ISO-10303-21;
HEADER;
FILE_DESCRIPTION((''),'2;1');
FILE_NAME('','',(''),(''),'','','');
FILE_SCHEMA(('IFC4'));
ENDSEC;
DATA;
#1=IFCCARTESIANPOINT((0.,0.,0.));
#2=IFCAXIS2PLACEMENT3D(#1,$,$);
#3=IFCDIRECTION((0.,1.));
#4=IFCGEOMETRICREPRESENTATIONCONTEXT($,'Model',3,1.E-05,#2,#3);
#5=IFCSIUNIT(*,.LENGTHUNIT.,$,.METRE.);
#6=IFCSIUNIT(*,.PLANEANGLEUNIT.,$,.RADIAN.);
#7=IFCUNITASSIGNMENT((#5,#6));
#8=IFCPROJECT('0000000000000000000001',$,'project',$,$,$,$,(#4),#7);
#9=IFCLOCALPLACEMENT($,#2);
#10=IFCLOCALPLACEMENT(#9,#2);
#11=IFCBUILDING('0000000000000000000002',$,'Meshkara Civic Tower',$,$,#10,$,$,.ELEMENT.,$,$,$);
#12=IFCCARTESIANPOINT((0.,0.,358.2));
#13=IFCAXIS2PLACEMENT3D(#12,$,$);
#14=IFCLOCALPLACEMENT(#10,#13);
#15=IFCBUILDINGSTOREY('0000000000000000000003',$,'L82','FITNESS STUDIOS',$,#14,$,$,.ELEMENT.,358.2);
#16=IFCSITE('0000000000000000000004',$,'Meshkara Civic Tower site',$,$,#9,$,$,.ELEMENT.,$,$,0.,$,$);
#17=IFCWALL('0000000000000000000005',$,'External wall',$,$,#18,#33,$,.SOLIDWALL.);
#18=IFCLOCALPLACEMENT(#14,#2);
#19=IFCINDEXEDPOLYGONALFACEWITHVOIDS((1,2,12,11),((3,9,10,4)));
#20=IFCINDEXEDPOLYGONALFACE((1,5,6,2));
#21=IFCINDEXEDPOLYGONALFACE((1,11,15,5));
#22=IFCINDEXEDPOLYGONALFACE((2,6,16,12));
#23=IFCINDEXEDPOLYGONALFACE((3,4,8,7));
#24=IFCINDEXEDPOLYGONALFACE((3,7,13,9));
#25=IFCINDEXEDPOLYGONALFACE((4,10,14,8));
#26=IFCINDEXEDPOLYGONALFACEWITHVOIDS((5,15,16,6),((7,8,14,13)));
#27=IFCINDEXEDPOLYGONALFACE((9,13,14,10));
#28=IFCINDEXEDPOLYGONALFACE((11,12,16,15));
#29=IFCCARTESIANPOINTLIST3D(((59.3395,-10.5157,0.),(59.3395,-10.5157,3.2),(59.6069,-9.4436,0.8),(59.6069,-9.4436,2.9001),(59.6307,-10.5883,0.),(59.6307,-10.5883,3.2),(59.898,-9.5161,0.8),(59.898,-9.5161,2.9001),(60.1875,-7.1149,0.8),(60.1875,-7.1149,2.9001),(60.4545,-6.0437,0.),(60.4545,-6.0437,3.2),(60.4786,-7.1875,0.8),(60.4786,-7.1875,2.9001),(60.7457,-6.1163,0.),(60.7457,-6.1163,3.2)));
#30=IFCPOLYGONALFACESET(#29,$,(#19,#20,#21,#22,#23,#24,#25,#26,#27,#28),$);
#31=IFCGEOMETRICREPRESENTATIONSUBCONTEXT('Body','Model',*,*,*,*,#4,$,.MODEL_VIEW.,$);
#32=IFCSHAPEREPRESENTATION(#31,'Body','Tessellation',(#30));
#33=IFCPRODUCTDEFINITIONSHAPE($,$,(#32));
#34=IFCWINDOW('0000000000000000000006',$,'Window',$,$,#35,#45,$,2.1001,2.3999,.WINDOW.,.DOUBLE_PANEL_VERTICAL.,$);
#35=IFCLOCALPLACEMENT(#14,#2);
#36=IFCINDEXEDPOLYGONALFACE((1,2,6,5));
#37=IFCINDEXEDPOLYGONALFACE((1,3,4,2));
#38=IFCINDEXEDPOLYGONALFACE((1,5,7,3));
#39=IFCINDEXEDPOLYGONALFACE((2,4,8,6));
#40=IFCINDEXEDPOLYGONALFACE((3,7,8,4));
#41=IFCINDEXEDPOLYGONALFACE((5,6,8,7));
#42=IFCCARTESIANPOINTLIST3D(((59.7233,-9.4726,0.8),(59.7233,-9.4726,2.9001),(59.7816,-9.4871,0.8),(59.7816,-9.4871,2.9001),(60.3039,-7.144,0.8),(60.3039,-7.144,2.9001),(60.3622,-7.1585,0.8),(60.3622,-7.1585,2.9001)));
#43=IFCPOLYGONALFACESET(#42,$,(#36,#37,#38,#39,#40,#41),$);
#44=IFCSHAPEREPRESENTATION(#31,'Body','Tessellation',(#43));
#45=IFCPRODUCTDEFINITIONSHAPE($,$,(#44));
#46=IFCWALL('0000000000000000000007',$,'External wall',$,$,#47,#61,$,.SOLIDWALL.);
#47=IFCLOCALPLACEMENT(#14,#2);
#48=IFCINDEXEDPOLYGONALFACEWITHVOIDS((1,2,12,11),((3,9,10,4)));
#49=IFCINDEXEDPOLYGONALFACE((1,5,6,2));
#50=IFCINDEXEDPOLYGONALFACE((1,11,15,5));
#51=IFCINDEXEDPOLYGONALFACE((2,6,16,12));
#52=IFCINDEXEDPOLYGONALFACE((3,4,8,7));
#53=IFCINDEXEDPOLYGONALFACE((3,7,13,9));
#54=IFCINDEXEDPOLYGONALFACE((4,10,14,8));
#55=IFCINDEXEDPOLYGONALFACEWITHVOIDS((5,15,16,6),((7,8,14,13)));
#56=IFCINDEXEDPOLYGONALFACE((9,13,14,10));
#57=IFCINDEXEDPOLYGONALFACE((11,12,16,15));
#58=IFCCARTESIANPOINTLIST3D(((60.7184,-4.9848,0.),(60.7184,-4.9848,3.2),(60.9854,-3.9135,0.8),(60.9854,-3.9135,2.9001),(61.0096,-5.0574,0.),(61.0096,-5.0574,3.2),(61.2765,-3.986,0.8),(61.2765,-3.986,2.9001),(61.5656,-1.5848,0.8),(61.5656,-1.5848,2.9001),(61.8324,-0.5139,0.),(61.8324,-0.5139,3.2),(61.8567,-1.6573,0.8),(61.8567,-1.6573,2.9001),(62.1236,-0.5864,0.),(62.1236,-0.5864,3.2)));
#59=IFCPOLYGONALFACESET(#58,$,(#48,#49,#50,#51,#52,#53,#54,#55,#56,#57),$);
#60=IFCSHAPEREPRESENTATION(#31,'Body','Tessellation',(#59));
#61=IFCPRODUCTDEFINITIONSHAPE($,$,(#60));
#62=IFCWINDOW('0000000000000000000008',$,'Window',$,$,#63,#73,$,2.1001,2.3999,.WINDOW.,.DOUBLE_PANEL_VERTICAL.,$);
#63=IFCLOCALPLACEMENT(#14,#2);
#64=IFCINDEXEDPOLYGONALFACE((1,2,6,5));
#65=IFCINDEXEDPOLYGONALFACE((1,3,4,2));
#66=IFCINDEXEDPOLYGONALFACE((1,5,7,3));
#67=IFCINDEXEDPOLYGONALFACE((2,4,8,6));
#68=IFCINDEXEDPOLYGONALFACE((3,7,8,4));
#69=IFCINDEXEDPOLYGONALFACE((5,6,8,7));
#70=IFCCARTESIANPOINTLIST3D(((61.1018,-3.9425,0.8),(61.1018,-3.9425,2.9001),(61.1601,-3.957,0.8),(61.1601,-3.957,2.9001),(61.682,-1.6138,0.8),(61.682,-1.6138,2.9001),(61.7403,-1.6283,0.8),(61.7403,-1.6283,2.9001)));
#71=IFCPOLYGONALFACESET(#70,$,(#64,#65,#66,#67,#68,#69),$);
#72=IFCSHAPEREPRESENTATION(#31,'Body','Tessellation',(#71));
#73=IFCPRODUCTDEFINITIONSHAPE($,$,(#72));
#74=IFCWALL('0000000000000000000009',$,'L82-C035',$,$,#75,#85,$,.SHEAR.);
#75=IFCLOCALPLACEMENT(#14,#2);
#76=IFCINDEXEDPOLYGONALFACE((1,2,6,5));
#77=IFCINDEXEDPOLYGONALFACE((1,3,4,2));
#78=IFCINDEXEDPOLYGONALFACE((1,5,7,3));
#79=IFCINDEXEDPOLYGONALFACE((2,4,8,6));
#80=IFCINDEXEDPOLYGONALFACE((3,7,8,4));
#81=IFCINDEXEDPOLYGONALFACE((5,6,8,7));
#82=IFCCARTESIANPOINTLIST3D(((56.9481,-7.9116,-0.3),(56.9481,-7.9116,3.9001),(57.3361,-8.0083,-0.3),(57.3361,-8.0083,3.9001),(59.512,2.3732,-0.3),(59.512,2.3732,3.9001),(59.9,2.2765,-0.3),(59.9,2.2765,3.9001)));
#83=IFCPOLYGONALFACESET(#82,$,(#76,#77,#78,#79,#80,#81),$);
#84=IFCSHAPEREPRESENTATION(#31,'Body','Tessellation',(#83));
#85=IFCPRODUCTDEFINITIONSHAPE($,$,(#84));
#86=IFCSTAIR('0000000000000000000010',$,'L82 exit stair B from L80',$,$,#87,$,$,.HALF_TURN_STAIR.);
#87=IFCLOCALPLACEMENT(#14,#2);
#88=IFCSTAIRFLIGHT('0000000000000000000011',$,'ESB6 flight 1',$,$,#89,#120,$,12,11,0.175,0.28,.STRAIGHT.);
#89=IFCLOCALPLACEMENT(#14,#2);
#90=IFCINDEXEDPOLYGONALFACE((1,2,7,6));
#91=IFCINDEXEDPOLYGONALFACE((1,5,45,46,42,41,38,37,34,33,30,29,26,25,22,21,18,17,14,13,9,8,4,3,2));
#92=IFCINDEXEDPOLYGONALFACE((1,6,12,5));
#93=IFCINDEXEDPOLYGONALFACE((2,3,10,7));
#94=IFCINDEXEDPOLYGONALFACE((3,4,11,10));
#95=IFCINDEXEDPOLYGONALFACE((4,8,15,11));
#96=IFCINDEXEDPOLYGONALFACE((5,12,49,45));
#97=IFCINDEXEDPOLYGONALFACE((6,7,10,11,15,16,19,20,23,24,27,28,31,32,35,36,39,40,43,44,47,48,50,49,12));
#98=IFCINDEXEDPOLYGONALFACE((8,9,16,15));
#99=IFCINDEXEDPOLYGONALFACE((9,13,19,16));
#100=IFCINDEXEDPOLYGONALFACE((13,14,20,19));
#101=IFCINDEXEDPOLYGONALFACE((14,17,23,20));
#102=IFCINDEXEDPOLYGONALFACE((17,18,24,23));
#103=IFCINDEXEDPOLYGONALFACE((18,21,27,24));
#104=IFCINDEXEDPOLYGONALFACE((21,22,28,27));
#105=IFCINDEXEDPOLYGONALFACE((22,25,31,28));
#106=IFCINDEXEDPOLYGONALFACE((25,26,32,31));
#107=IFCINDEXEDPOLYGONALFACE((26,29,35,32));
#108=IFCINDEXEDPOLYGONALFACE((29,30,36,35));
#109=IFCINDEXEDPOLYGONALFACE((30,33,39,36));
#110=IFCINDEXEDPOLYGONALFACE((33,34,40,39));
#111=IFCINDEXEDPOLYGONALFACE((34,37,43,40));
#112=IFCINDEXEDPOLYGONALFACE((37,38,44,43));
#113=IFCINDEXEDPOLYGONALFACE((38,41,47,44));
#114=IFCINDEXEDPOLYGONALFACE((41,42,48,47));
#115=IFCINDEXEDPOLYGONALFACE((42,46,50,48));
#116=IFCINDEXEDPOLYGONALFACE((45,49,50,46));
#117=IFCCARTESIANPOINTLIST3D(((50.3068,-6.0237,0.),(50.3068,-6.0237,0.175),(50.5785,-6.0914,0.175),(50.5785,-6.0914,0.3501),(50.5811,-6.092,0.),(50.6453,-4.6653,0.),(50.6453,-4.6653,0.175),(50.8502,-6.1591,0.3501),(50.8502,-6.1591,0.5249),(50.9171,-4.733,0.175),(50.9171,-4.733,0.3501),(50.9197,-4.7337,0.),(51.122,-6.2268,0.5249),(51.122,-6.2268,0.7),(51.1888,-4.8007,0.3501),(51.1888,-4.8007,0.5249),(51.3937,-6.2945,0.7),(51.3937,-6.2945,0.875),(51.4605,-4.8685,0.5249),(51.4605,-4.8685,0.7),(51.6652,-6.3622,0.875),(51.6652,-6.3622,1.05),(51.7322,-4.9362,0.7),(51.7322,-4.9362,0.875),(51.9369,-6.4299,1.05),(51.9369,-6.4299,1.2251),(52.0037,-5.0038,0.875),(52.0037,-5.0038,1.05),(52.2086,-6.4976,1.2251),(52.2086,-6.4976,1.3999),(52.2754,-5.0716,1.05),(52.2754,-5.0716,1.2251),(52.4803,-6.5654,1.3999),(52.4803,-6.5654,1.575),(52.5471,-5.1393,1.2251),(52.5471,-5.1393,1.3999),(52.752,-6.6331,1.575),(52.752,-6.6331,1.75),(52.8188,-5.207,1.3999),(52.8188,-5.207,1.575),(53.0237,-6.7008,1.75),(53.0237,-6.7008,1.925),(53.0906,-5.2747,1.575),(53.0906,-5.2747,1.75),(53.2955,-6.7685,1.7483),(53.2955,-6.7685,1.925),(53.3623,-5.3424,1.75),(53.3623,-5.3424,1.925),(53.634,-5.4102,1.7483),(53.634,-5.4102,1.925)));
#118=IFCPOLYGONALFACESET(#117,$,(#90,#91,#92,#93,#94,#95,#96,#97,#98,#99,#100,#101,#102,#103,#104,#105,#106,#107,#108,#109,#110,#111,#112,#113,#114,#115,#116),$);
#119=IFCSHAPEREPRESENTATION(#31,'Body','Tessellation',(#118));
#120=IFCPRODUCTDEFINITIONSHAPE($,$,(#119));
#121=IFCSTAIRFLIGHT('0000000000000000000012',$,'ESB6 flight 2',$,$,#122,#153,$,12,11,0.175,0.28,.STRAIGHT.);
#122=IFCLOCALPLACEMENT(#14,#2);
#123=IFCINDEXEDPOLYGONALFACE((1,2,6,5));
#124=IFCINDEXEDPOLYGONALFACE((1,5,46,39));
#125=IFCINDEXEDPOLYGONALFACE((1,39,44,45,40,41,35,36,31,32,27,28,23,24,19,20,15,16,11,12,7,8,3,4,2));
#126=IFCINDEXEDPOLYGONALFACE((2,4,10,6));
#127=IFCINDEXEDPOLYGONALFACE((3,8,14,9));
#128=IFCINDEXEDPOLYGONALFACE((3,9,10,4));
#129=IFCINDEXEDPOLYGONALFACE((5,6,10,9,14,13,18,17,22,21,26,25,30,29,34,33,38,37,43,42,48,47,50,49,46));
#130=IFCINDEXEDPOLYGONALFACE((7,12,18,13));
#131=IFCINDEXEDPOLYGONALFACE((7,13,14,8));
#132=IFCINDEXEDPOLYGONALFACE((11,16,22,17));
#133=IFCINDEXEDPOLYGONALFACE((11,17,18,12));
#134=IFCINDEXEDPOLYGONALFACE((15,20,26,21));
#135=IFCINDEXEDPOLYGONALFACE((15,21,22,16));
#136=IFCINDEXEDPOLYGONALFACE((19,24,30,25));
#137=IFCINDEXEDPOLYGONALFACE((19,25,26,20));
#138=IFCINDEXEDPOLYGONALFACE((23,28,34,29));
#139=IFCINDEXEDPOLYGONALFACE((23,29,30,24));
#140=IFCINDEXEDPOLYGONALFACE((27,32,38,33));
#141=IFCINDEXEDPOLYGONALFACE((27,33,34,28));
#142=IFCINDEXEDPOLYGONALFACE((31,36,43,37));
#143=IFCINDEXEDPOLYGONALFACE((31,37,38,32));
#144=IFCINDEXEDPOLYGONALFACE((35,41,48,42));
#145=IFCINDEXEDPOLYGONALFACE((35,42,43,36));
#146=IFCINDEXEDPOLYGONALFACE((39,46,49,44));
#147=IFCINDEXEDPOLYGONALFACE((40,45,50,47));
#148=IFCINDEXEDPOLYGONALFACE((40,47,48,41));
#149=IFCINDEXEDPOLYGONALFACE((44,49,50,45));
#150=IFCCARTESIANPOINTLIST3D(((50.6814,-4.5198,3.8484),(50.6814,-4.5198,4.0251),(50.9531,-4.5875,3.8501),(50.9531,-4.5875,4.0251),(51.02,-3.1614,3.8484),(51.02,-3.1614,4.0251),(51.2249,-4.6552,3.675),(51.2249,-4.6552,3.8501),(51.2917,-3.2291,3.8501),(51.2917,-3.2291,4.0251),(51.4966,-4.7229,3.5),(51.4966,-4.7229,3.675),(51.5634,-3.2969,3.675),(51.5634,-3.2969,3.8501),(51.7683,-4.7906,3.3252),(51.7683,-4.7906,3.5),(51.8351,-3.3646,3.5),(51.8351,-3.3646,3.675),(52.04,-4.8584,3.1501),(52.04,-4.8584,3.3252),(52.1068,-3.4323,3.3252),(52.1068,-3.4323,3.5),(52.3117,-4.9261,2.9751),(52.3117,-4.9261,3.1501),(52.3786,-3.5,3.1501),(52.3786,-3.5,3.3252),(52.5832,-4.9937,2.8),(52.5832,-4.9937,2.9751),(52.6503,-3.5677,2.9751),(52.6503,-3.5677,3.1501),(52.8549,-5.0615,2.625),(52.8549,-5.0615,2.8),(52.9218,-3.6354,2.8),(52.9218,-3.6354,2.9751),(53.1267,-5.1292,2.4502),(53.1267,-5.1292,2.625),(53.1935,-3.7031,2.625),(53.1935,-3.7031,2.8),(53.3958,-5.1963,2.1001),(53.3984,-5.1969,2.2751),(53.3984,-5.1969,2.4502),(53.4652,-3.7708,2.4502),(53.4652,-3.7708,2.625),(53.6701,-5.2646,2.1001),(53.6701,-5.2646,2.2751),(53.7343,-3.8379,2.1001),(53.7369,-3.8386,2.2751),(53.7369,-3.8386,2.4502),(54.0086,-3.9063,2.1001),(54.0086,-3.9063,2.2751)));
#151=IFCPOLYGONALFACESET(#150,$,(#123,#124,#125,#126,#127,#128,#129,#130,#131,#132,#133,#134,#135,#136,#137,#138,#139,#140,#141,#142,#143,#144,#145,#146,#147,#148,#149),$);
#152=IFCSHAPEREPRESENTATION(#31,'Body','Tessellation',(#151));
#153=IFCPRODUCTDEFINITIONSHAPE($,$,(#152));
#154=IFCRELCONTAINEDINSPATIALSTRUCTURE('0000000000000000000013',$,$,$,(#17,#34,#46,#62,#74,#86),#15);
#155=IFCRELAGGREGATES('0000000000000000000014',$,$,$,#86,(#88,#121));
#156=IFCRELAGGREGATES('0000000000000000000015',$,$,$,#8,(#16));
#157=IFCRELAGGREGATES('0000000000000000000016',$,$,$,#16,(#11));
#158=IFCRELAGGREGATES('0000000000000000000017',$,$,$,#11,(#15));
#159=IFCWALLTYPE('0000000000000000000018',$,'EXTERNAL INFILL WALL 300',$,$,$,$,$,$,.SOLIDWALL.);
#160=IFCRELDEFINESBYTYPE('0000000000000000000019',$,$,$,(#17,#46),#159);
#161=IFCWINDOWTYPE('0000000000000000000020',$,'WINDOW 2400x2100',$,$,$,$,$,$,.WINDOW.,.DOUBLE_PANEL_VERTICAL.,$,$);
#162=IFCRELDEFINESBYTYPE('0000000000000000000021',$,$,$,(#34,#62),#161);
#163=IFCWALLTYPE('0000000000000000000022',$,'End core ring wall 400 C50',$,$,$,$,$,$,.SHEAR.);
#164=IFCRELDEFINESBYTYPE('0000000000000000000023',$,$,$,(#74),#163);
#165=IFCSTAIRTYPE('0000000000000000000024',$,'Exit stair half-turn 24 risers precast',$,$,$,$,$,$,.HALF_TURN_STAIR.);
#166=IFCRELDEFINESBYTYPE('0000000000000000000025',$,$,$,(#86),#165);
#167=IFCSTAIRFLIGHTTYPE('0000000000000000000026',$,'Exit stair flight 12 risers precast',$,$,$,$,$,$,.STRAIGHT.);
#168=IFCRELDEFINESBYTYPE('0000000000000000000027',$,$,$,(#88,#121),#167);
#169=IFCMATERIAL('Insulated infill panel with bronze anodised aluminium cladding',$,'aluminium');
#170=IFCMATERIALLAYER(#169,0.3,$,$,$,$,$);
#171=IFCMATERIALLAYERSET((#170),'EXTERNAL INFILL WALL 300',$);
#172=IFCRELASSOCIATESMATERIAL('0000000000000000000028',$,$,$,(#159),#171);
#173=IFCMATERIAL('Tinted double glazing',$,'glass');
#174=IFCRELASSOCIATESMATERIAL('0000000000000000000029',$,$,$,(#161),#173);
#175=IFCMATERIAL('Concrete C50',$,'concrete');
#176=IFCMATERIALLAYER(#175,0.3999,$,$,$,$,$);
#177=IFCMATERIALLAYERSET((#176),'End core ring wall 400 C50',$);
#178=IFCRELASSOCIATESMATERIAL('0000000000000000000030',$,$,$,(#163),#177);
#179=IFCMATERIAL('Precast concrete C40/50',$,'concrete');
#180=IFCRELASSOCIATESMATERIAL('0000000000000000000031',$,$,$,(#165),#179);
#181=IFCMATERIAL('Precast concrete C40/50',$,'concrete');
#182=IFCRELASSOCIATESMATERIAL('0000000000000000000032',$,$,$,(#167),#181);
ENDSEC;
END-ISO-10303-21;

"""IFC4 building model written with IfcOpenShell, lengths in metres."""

from ifc_helpers import new_model, si_unit, direction, frame, frame_2d, origin, place, context, subcontext, project, spatial, polyline, rectangle, outline, extrude, material, layer, layer_set, type_object, element, fill, aggregate, save


model = new_model("IFC4")

# Units and contexts
model_context = context("Model", 3, precision=1e-05, world=origin(), true_north=direction((0.0, 1.0)))
body_context = subcontext(model_context, "Body", "Model", "MODEL_VIEW")
ifc_project = project(units=[si_unit("LENGTHUNIT", "METRE"), si_unit("PLANEANGLEUNIT", "RADIAN")], contexts=[model_context])

# Site, building, storey
site_placement = place(None, origin())
site = spatial("IfcSite", under=ifc_project, at=site_placement, Name="Meshkara Civic Tower site", CompositionType="ELEMENT", RefElevation=0.0)
building_placement = place(site_placement, origin())
building = spatial("IfcBuilding", under=site, at=building_placement, Name="Meshkara Civic Tower", CompositionType="ELEMENT")
storey_placement = place(building_placement, frame((0.0, 0.0, 358.2)))
storey = spatial("IfcBuildingStorey", under=building, at=storey_placement, Name="L82", Description="FITNESS STUDIOS", CompositionType="ELEMENT", Elevation=358.2)

# Walls, openings, windows
ifc_material_1 = material(Name="Insulated infill panel with bronze anodised aluminium cladding", Category="aluminium")
ifc_layer_1 = layer(ifc_material_1, 0.3)
ifc_layer_set_1 = layer_set([ifc_layer_1], Name="EXTERNAL INFILL WALL 300")
wall_type_1 = type_object("IfcWallType", Name="EXTERNAL INFILL WALL 300", PredefinedType="SOLIDWALL", material=ifc_layer_set_1)
ifc_material_2 = material(Name="Tinted double glazing", Category="glass")
window_type = type_object("IfcWindowType", Name="WINDOW 2400x2100", PartitioningType="DOUBLE_PANEL_VERTICAL", PredefinedType="WINDOW", material=ifc_material_2)
wall_1_placement = place(storey_placement, frame((59.4851, -10.552, 0.0), z_axis=(0.0, 0.0, 1.0), x_axis=(0.241925, 0.970295, 0.0)))
wall_1 = element("IfcWall", 1, at=wall_1_placement, inside=storey, type_object=wall_type_1, Name="External wall", PredefinedType="SOLIDWALL", context=body_context, shape_type="SweptSolid", body=[
    extrude(rectangle(XDim=4.6089, YDim=0.3, at=frame_2d((2.3044, 0.0))), origin(), (0.0, 0.0, 1.0), 3.2),
])
opening_1_placement = place(wall_1_placement, frame((1.105, 0.0, 0.8)))
opening_1 = element("IfcOpeningElement", 2, at=opening_1_placement, cuts=wall_1, PredefinedType="OPENING", context=body_context, shape_type="SweptSolid", body=[
    extrude(rectangle(XDim=2.3999, YDim=2.1001, at=frame_2d((1.2, 1.05))), frame((0.0, 0.1599, 0.0), z_axis=(0.0, -1.0, 0.0), x_axis=(1.0, 0.0, 0.0)), (0.0, 0.0, 1.0), 0.3201),
])
window_1_placement = place(opening_1_placement, origin())
window_1 = element("IfcWindow", 3, at=window_1_placement, inside=storey, type_object=window_type, Name="Window", OverallHeight=2.1001, OverallWidth=2.3999, PartitioningType="DOUBLE_PANEL_VERTICAL", PredefinedType="WINDOW", context=body_context, shape_type="SweptSolid", body=[
    extrude(rectangle(XDim=2.3999, YDim=2.1001, at=frame_2d((1.2, 1.05))), frame((0.0, 0.03, 0.0), z_axis=(0.0, -1.0, 0.0), x_axis=(1.0, 0.0, 0.0)), (0.0, 0.0, 1.0), 0.0601),
])
fill(opening_1, window_1)
wall_2_placement = place(storey_placement, frame((60.864, -5.021, 0.0), z_axis=(0.0, 0.0, 1.0), x_axis=(0.241775, 0.970332, 0.0)))
wall_2 = element("IfcWall", 4, at=wall_2_placement, inside=storey, type_object=wall_type_1, Name="External wall", PredefinedType="SOLIDWALL", context=body_context, shape_type="SweptSolid", body=[
    extrude(rectangle(XDim=4.6077, YDim=0.3, at=frame_2d((2.3037, 0.0))), origin(), (0.0, 0.0, 1.0), 3.2),
])
opening_2_placement = place(wall_2_placement, frame((1.104, 0.0, 0.8)))
opening_2 = element("IfcOpeningElement", 5, at=opening_2_placement, cuts=wall_2, PredefinedType="OPENING", context=body_context, shape_type="SweptSolid", body=[
    extrude(rectangle(XDim=2.3999, YDim=2.1001, at=frame_2d((1.2, 1.05))), frame((0.0, 0.1599, 0.0), z_axis=(0.0, -1.0, 0.0), x_axis=(1.0, 0.0, 0.0)), (0.0, 0.0, 1.0), 0.3201),
])
window_2_placement = place(opening_2_placement, origin())
window_2 = element("IfcWindow", 6, at=window_2_placement, inside=storey, type_object=window_type, Name="Window", OverallHeight=2.1001, OverallWidth=2.3999, PartitioningType="DOUBLE_PANEL_VERTICAL", PredefinedType="WINDOW", context=body_context, shape_type="SweptSolid", body=[
    extrude(rectangle(XDim=2.3999, YDim=2.1001, at=frame_2d((1.2, 1.05))), frame((0.0, 0.03, 0.0), z_axis=(0.0, -1.0, 0.0), x_axis=(1.0, 0.0, 0.0)), (0.0, 0.0, 1.0), 0.0601),
])
fill(opening_2, window_2)

# Wall
ifc_material_3 = material(Name="Concrete C50", Category="concrete")
ifc_layer_2 = layer(ifc_material_3, 0.3999)
ifc_layer_set_2 = layer_set([ifc_layer_2], Name="End core ring wall 400 C50")
wall_type_2 = type_object("IfcWallType", Name="End core ring wall 400 C50", PredefinedType="SHEAR", material=ifc_layer_set_2)
wall_3_placement = place(storey_placement, frame((57.1421, -7.96, -0.3), z_axis=(0.0, 0.0, 1.0), x_axis=(0.241891, 0.970304, 0.0)))
element("IfcWall", 7, at=wall_3_placement, inside=storey, type_object=wall_type_2, Name="L82-C035", PredefinedType="SHEAR", context=body_context, shape_type="SweptSolid", body=[
    extrude(rectangle(XDim=10.5996, YDim=0.3999, at=frame_2d((5.2998, 0.0))), origin(), (0.0, 0.0, 1.0), 4.2002),
])

# Stair, stair flights
ifc_material_4 = material(Name="Precast concrete C40/50", Category="concrete")
stair_type = type_object("IfcStairType", Name="Exit stair half-turn 24 risers precast", PredefinedType="HALF_TURN_STAIR", material=ifc_material_4)
stair_placement = place(storey_placement, origin())
stair = element("IfcStair", 8, at=stair_placement, inside=storey, type_object=stair_type, Name="L82 exit stair B from L80", PredefinedType="HALF_TURN_STAIR")
ifc_material_5 = material(Name="Precast concrete C40/50", Category="concrete")
stair_flight_type = type_object("IfcStairFlightType", Name="Exit stair flight 12 risers precast", PredefinedType="STRAIGHT", material=ifc_material_5)
stair_flight_1_placement = place(storey_placement, frame((50.4761, -5.3445, 0.0), z_axis=(0.0, 0.0, 1.0), x_axis=(0.970319, -0.24183, 0.0)))
stair_flight_1 = element("IfcStairFlight", 9, at=stair_flight_1_placement, type_object=stair_flight_type, Name="ESB6 flight 1", NumberOfRisers=12, NumberOfTreads=11, PredefinedType="STRAIGHT", RiserHeight=0.175, TreadLength=0.28, context=body_context, shape_type="SweptSolid", body=[
    extrude(outline(polyline([(0.0, 0.0), (0.0, 0.175), (0.28, 0.175), (0.28, 0.3501), (0.5601, 0.3501), (0.5601, 0.5249), (0.8401, 0.5249), (0.8401, 0.7), (1.1201, 0.7), (1.1201, 0.875), (1.3999, 0.875), (1.3999, 1.05), (1.6799, 1.05), (1.6799, 1.2251), (1.96, 1.2251), (1.96, 1.3999), (2.24, 1.3999), (2.24, 1.575), (2.52, 1.575), (2.52, 1.75), (2.8, 1.75), (2.8, 1.925), (3.0801, 1.925), (3.0801, 2.1001), (3.0801, 1.7483), (0.2827, 0.0), (0.0, 0.0)])), frame((0.0, 0.7, 0.0), z_axis=(0.0, -1.0, 0.0), x_axis=(1.0, 0.0, 0.0)), (0.0, 0.0, 1.0), 1.3999),
])
stair_flight_2_placement = place(storey_placement, frame((53.8394, -4.5854, 2.1001), z_axis=(0.0, 0.0, 1.0), x_axis=(-0.970319, 0.24183, 0.0)))
stair_flight_2 = element("IfcStairFlight", 10, at=stair_flight_2_placement, type_object=stair_flight_type, Name="ESB6 flight 2", NumberOfRisers=12, NumberOfTreads=11, PredefinedType="STRAIGHT", RiserHeight=0.175, TreadLength=0.28, context=body_context, shape_type="SweptSolid", body=[
    extrude(outline(polyline([(0.0, 0.0), (0.0, 0.175), (0.28, 0.175), (0.28, 0.3501), (0.5601, 0.3501), (0.5601, 0.5249), (0.8401, 0.5249), (0.8401, 0.7), (1.1201, 0.7), (1.1201, 0.875), (1.3999, 0.875), (1.3999, 1.05), (1.6799, 1.05), (1.6799, 1.2251), (1.96, 1.2251), (1.96, 1.3999), (2.24, 1.3999), (2.24, 1.575), (2.52, 1.575), (2.52, 1.75), (2.8, 1.75), (2.8, 1.925), (3.0801, 1.925), (3.0801, 2.1001), (3.0801, 1.7483), (0.2827, 0.0), (0.0, 0.0)])), frame((0.0, 0.7, 0.0), z_axis=(0.0, -1.0, 0.0), x_axis=(1.0, 0.0, 0.0)), (0.0, 0.0, 1.0), 1.3999),
])
aggregate(stair, [stair_flight_1, stair_flight_2])

save(model, "model.ifc")
